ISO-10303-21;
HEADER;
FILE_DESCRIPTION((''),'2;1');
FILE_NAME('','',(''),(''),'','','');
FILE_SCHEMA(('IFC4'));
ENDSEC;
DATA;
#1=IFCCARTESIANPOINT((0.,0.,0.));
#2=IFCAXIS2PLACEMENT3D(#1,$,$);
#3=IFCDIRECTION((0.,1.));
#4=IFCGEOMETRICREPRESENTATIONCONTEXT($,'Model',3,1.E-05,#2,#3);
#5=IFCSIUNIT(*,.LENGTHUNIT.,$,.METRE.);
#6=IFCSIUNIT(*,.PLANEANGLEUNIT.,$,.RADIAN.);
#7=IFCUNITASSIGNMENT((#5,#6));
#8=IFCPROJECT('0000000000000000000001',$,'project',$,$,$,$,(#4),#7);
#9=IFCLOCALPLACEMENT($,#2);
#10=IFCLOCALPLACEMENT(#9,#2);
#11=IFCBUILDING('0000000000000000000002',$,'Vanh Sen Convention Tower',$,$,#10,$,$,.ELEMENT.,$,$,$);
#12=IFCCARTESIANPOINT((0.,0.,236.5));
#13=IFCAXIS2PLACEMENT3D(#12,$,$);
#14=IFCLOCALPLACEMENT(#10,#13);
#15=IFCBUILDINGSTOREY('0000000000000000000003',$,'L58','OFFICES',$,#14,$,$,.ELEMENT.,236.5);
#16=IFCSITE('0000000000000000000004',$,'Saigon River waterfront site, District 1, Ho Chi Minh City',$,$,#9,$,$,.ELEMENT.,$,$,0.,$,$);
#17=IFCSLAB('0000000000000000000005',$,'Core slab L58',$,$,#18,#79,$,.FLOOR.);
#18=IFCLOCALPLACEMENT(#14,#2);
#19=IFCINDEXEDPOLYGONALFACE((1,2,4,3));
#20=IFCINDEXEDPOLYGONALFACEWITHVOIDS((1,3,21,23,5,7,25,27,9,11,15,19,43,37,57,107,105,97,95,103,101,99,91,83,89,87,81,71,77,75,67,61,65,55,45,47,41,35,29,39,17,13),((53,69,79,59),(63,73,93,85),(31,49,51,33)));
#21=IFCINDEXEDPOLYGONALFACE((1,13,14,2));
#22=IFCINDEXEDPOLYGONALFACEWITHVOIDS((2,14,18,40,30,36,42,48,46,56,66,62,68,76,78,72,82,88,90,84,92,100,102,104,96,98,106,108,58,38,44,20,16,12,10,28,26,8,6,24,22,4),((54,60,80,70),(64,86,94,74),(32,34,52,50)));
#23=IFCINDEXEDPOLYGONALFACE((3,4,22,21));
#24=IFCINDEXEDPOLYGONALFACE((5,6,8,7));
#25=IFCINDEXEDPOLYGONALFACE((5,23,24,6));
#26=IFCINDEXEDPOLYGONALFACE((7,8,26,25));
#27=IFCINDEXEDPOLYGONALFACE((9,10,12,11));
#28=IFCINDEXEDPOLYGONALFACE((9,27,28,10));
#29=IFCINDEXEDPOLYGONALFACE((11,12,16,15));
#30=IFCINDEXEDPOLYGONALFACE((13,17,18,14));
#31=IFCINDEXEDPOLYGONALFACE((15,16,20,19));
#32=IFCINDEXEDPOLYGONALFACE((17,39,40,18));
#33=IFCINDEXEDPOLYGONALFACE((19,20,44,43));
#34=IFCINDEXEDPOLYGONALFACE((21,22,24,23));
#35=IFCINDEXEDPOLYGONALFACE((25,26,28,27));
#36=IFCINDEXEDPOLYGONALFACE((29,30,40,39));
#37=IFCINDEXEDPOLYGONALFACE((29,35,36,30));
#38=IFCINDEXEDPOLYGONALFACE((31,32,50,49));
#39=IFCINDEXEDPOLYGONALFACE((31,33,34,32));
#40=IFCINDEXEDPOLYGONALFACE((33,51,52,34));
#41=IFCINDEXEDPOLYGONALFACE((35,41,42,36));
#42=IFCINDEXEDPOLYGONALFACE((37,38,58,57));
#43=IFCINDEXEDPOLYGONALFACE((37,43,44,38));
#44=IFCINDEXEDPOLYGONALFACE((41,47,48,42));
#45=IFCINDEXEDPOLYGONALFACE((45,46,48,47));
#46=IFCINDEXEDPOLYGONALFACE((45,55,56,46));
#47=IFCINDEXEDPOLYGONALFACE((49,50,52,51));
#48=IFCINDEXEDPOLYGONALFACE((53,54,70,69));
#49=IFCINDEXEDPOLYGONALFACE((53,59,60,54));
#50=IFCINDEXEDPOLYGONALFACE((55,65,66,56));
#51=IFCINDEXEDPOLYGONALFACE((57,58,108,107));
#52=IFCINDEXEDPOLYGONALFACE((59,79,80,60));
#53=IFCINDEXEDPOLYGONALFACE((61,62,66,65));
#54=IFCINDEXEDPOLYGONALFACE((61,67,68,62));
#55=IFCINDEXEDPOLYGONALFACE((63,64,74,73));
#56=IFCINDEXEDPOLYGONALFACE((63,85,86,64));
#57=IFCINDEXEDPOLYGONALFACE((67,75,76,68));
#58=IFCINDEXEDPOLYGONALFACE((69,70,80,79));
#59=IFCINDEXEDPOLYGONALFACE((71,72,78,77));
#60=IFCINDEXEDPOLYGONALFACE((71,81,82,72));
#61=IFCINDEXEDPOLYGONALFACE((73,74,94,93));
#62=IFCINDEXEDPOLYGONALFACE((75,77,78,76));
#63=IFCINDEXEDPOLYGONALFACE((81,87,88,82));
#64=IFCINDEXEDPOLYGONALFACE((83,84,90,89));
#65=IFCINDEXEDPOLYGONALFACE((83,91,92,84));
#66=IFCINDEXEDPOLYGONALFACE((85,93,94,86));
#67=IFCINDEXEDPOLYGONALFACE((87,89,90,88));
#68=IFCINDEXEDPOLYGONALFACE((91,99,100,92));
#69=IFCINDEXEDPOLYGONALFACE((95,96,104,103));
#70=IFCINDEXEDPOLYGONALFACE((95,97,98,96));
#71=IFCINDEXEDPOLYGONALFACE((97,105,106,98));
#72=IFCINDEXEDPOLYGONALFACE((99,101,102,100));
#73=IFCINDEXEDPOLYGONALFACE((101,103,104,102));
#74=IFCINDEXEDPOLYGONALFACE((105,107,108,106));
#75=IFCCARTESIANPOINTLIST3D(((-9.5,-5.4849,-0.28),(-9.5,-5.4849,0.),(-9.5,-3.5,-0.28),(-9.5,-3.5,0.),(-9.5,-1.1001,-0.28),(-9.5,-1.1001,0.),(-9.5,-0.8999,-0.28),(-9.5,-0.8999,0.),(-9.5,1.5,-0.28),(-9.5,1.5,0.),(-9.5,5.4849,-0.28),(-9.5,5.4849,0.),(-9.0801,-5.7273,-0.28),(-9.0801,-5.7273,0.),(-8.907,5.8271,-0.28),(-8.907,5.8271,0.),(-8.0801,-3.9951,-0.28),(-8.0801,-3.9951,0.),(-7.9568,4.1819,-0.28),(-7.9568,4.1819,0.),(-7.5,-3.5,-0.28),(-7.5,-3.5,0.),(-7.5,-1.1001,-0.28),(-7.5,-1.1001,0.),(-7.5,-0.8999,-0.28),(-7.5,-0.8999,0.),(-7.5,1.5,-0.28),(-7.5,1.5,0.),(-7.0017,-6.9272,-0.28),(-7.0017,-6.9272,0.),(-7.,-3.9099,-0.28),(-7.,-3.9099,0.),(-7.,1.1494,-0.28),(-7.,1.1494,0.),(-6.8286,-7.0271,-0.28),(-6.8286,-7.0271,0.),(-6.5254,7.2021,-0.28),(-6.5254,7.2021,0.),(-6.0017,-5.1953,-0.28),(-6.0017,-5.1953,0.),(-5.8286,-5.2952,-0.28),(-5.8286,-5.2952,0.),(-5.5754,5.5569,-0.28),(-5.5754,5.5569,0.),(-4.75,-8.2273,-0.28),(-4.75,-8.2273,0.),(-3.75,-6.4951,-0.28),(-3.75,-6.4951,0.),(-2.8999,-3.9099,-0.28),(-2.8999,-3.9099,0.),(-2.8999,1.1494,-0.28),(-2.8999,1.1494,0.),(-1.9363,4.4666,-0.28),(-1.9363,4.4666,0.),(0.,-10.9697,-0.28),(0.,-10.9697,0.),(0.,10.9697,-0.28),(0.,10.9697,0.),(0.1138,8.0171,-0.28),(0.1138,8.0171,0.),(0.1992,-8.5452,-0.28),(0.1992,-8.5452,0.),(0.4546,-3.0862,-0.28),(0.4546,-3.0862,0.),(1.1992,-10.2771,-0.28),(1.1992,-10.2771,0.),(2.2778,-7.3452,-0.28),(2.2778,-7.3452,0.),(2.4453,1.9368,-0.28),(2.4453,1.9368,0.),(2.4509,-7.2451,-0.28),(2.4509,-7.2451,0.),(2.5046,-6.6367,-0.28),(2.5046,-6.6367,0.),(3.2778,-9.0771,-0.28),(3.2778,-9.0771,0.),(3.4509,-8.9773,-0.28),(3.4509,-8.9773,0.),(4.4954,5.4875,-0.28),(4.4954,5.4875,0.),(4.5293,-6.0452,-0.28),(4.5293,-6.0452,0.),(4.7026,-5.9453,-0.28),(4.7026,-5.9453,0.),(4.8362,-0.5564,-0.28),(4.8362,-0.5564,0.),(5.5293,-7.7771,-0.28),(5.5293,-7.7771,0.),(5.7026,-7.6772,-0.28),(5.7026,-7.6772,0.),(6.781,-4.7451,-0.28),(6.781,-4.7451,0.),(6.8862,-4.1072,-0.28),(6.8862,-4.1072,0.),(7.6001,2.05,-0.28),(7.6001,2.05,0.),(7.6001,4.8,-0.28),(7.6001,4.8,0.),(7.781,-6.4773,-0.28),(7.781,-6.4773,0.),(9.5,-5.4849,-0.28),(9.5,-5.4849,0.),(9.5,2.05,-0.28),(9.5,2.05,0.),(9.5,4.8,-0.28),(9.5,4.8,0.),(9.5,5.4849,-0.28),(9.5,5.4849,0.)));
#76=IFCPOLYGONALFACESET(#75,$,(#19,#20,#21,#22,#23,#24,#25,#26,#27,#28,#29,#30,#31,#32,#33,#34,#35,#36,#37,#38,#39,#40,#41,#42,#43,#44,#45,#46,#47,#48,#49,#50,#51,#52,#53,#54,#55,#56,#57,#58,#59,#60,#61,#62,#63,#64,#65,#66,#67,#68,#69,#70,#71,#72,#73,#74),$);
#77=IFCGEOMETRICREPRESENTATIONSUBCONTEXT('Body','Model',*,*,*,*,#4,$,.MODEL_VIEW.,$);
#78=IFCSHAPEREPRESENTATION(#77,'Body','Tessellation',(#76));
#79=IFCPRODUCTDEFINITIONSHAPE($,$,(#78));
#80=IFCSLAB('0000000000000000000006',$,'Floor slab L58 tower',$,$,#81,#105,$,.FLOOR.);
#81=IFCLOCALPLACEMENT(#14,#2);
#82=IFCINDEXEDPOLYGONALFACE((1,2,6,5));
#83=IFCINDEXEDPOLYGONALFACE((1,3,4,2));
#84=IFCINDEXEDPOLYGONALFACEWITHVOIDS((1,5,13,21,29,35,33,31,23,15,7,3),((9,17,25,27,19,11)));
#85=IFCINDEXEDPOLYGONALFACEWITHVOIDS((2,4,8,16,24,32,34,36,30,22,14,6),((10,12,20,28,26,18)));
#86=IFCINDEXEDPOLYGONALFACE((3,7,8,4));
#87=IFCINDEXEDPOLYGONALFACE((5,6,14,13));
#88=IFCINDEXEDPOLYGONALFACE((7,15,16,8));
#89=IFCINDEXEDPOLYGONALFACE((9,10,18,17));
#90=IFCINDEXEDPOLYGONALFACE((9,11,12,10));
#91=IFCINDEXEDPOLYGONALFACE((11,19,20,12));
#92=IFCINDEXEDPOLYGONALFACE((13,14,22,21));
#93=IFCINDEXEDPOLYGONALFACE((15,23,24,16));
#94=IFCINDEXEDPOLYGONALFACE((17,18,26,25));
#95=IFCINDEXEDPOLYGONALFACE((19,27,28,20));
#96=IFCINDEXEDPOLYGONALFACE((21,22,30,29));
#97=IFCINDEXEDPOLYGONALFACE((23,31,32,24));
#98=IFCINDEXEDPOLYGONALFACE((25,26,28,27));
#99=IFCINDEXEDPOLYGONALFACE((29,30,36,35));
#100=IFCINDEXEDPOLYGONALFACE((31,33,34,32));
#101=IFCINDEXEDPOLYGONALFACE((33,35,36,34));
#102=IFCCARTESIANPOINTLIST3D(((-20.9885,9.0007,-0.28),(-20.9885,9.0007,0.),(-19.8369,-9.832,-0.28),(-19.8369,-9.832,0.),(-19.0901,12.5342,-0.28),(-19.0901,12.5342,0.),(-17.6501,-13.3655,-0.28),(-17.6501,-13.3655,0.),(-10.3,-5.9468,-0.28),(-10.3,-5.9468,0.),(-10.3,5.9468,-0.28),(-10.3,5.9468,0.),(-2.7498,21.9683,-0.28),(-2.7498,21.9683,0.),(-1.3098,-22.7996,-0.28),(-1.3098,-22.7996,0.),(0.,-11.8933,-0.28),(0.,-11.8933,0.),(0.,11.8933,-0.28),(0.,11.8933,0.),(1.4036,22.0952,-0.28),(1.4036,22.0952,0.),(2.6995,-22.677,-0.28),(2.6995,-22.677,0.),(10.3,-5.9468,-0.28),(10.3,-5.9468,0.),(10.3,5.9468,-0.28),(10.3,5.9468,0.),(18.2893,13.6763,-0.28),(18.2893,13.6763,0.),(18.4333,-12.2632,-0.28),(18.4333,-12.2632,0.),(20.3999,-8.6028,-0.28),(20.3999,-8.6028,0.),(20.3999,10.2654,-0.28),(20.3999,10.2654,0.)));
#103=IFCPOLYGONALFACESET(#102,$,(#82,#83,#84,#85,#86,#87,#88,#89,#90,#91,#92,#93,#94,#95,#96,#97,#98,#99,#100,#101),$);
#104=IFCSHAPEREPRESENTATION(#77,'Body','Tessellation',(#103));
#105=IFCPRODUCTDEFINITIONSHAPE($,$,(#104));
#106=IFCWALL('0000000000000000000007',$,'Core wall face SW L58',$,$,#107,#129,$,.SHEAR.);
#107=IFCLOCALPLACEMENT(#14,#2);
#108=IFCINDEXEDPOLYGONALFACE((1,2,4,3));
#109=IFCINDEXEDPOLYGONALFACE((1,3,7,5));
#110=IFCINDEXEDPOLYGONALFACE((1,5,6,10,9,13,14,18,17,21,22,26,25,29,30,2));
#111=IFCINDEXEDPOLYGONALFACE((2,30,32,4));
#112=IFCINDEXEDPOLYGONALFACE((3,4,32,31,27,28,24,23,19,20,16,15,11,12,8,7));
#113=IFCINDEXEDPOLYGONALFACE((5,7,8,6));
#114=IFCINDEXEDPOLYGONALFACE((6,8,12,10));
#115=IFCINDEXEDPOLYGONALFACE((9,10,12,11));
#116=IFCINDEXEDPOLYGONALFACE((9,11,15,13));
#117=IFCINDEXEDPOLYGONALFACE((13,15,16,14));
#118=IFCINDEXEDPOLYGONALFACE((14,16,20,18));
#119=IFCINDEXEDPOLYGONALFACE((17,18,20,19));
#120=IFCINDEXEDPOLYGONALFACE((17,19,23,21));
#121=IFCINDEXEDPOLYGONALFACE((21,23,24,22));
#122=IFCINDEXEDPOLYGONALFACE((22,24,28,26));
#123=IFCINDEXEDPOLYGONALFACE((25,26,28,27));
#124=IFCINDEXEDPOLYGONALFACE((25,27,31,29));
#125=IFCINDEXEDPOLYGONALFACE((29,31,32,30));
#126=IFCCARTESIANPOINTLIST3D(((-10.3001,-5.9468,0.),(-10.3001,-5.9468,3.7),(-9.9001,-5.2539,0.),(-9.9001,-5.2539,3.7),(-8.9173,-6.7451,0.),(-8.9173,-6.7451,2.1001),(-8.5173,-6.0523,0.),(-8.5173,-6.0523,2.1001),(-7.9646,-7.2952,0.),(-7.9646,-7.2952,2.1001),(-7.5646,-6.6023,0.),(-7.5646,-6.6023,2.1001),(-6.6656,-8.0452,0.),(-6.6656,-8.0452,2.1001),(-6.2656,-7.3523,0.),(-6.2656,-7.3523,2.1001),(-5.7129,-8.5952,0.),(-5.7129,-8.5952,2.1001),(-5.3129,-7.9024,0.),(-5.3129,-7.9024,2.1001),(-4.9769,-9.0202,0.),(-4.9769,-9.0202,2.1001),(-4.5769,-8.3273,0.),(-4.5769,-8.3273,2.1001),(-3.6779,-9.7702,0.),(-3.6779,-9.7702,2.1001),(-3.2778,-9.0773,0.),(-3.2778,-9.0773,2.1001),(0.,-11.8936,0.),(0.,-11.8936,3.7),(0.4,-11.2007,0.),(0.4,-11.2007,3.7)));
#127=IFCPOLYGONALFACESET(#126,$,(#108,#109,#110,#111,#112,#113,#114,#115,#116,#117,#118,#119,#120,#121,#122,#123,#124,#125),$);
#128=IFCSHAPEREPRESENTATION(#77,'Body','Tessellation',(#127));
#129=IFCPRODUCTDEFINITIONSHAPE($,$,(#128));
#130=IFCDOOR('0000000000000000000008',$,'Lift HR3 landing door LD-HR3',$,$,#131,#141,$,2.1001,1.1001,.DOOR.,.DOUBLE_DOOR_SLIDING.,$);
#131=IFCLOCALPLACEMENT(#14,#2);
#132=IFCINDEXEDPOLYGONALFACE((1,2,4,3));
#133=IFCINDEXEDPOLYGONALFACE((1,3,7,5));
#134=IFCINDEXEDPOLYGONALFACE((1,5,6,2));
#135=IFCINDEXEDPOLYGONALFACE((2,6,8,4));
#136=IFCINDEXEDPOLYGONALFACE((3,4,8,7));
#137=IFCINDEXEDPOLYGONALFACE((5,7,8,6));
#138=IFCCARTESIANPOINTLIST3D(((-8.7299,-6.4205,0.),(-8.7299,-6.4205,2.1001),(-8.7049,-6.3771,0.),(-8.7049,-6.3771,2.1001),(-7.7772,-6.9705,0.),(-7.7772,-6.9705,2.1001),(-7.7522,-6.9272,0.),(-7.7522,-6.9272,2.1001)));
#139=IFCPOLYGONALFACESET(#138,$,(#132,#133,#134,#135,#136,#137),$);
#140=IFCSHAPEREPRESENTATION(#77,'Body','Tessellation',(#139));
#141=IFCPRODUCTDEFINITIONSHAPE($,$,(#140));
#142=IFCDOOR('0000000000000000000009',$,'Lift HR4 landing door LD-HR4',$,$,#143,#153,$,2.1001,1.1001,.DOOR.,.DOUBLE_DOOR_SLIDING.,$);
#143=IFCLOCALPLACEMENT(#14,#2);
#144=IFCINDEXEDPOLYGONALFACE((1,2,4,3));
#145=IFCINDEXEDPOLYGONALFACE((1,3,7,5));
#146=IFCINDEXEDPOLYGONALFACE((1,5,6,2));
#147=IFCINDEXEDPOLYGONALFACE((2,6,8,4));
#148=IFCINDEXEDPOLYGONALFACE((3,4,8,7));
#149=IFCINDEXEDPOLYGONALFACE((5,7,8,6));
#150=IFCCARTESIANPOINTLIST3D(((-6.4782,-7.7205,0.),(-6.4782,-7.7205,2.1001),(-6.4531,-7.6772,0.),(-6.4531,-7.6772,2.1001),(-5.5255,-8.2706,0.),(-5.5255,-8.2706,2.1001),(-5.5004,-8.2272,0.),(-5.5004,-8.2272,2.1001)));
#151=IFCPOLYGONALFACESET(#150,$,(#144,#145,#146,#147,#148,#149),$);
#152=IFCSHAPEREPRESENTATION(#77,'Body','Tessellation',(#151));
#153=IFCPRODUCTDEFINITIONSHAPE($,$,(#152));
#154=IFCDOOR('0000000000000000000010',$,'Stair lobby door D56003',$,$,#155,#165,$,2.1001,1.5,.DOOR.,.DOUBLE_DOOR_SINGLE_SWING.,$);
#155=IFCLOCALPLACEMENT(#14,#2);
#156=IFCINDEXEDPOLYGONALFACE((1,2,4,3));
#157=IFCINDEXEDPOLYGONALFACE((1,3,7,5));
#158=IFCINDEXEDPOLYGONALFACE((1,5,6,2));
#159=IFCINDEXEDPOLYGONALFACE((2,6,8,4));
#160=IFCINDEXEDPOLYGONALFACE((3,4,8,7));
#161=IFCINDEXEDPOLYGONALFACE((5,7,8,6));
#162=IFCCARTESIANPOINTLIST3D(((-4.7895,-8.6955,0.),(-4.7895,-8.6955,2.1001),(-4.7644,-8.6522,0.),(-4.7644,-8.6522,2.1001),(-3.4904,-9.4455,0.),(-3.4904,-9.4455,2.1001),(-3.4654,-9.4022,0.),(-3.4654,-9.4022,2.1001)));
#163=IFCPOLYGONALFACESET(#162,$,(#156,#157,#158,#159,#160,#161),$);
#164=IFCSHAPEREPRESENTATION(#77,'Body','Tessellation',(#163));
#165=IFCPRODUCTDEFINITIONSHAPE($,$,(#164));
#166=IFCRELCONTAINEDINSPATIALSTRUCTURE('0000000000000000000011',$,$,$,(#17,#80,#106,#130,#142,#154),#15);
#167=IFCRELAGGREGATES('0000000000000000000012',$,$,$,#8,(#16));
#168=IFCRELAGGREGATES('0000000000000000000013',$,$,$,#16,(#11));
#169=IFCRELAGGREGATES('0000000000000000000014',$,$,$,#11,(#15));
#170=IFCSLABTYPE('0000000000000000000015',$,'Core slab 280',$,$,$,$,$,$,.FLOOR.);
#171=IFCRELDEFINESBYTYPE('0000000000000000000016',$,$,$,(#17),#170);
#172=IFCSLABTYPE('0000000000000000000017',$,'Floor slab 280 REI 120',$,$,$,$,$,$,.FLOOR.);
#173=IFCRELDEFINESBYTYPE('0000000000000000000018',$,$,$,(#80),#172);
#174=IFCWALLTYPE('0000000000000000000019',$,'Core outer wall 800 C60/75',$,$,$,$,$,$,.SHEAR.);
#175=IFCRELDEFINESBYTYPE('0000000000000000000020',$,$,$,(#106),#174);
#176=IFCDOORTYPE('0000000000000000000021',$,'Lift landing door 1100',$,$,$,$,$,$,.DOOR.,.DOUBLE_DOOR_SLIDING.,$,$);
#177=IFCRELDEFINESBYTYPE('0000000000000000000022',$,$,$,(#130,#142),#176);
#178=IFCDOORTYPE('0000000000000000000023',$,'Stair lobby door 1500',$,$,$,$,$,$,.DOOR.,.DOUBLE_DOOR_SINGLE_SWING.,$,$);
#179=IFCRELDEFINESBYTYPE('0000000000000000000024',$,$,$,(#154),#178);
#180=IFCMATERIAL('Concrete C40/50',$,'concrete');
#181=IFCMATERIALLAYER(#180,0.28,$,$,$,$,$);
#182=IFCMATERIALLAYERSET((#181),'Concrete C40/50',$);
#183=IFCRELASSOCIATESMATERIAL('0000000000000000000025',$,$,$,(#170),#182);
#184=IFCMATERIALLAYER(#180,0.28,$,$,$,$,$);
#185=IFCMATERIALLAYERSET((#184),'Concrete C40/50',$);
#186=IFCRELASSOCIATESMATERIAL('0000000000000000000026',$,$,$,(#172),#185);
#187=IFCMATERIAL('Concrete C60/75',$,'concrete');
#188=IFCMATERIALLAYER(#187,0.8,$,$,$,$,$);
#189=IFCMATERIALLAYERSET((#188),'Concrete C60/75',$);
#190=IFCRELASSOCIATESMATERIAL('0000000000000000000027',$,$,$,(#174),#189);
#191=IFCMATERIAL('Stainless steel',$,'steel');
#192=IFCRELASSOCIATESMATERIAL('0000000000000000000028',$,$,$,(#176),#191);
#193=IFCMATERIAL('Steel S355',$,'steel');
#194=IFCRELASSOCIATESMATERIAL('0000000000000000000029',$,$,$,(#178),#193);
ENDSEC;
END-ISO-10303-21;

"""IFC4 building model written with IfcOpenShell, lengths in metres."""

from ifc_helpers import new_model, si_unit, direction, frame, frame_2d, origin, place, context, subcontext, project, spatial, polyline, rectangle, outline, extrude, material, layer, layer_set, type_object, element, fill, save


model = new_model("IFC4")

# Units and contexts
model_context = context("Model", 3, precision=1e-05, world=origin(), true_north=direction((0.0, 1.0)))
body_context = subcontext(model_context, "Body", "Model", "MODEL_VIEW")
ifc_project = project(units=[si_unit("LENGTHUNIT", "METRE"), si_unit("PLANEANGLEUNIT", "RADIAN")], contexts=[model_context])

# Site, building, storey
site_placement = place(None, origin())
site = spatial("IfcSite", under=ifc_project, at=site_placement, Name="Saigon River waterfront site, District 1, Ho Chi Minh City", CompositionType="ELEMENT", RefElevation=0.0)
building_placement = place(site_placement, origin())
building = spatial("IfcBuilding", under=site, at=building_placement, Name="Vanh Sen Convention Tower", CompositionType="ELEMENT")
storey_placement = place(building_placement, frame((0.0, 0.0, 236.5)))
storey = spatial("IfcBuildingStorey", under=building, at=storey_placement, Name="L58", Description="OFFICES", CompositionType="ELEMENT", Elevation=236.5)

# Slabs
ifc_material_1 = material(Name="Concrete C40/50", Category="concrete")
ifc_layer_1 = layer(ifc_material_1, 0.28)
ifc_layer_set_1 = layer_set([ifc_layer_1], Name="Concrete C40/50")
slab_type_1 = type_object("IfcSlabType", Name="Core slab 280", PredefinedType="FLOOR", material=ifc_layer_set_1)
slab_1_placement = place(storey_placement, frame((0.0, 0.0, -0.28)))
element("IfcSlab", 1, at=slab_1_placement, inside=storey, type_object=slab_type_1, Name="Core slab L58", PredefinedType="FLOOR", context=body_context, shape_type="SweptSolid", body=[
    extrude(outline(polyline([(0.0, 10.9697), (9.5, 5.4849), (9.5, 4.8), (7.6001, 4.8), (7.6001, 2.05), (9.5, 2.05), (9.5, -5.4849), (7.781, -6.4773), (6.781, -4.7451), (4.7026, -5.9453), (5.7026, -7.6772), (5.5293, -7.7771), (4.5293, -6.0452), (2.4509, -7.2451), (3.4509, -8.9773), (3.2778, -9.0771), (2.2778, -7.3452), (0.1992, -8.5452), (1.1992, -10.2771), (0.0, -10.9697), (-4.75, -8.2273), (-3.75, -6.4951), (-5.8286, -5.2952), (-6.8286, -7.0271), (-7.0017, -6.9272), (-6.0017, -5.1953), (-8.0801, -3.9951), (-9.0801, -5.7273), (-9.5, -5.4849), (-9.5, -3.5), (-7.5, -3.5), (-7.5, -1.1001), (-9.5, -1.1001), (-9.5, -0.8999), (-7.5, -0.8999), (-7.5, 1.5), (-9.5, 1.5), (-9.5, 5.4849), (-8.907, 5.8271), (-7.9568, 4.1819), (-5.5754, 5.5569), (-6.5254, 7.2021), (0.0, 10.9697)]), holes=[polyline([(-7.0, 1.1494), (-7.0, -3.9099), (-2.8999, -3.9099), (-2.8999, 1.1494), (-7.0, 1.1494)]), polyline([(2.5046, -6.6367), (6.8862, -4.1072), (4.8362, -0.5564), (0.4546, -3.0862), (2.5046, -6.6367)]), polyline([(0.1138, 8.0171), (-1.9363, 4.4666), (2.4453, 1.9368), (4.4954, 5.4875), (0.1138, 8.0171)])]), origin(), (0.0, 0.0, 1.0), 0.28),
])
ifc_layer_2 = layer(ifc_material_1, 0.28)
ifc_layer_set_2 = layer_set([ifc_layer_2], Name="Concrete C40/50")
slab_type_2 = type_object("IfcSlabType", Name="Floor slab 280 REI 120", PredefinedType="FLOOR", material=ifc_layer_set_2)
slab_2_placement = place(storey_placement, frame((0.0, 0.0, -0.28)))
element("IfcSlab", 2, at=slab_2_placement, inside=storey, type_object=slab_type_2, Name="Floor slab L58 tower", PredefinedType="FLOOR", context=body_context, shape_type="SweptSolid", body=[
    extrude(outline(polyline([(20.3999, -8.6028), (20.3999, 10.2654), (18.2893, 13.6763), (1.4036, 22.0952), (-2.7498, 21.9683), (-19.0901, 12.5342), (-20.9885, 9.0007), (-19.8369, -9.832), (-17.6501, -13.3655), (-1.3098, -22.7996), (2.6995, -22.677), (18.4333, -12.2632), (20.3999, -8.6028)]), holes=[polyline([(0.0, 11.8933), (-10.3, 5.9468), (-10.3, -5.9468), (0.0, -11.8933), (10.3, -5.9468), (10.3, 5.9468), (0.0, 11.8933)])]), origin(), (0.0, 0.0, 1.0), 0.28),
])

# Wall, openings, doors
ifc_material_2 = material(Name="Concrete C60/75", Category="concrete")
ifc_layer_3 = layer(ifc_material_2, 0.8)
ifc_layer_set_3 = layer_set([ifc_layer_3], Name="Concrete C60/75")
wall_type_1 = type_object("IfcWallType", Name="Core outer wall 800 C60/75", PredefinedType="SHEAR", material=ifc_layer_set_3)
wall_1_placement = place(storey_placement, frame((-10.1001, -5.6003, 0.0), z_axis=(0.0, 0.0, 1.0), x_axis=(0.866024, -0.500003, 0.0)))
wall_1 = element("IfcWall", 3, at=wall_1_placement, inside=storey, type_object=wall_type_1, Name="Core wall face SW L58", PredefinedType="SHEAR", context=body_context, shape_type="SweptSolid", body=[
    extrude(rectangle(XDim=11.8936, YDim=0.8, at=frame_2d((5.9468, 0.0))), origin(), (0.0, 0.0, 1.0), 3.7),
])
opening_1_placement = place(wall_1_placement, frame((6.1467, 0.0, 0.0)))
opening_1 = element("IfcOpeningElement", 4, at=opening_1_placement, cuts=wall_1, PredefinedType="OPENING", context=body_context, shape_type="SweptSolid", body=[
    extrude(rectangle(XDim=1.5, YDim=2.1001, at=frame_2d((0.75, 1.05))), frame((0.0, 0.4099, 0.0), z_axis=(0.0, -1.0, 0.0), x_axis=(1.0, 0.0, 0.0)), (0.0, 0.0, 1.0), 0.8201),
])
opening_2_placement = place(wall_1_placement, frame((1.5967, 0.0, 0.0)))
opening_2 = element("IfcOpeningElement", 5, at=opening_2_placement, cuts=wall_1, PredefinedType="OPENING", context=body_context, shape_type="SweptSolid", body=[
    extrude(rectangle(XDim=1.1001, YDim=2.1001, at=frame_2d((0.55, 1.05))), frame((0.0, 0.4099, 0.0), z_axis=(0.0, -1.0, 0.0), x_axis=(1.0, 0.0, 0.0)), (0.0, 0.0, 1.0), 0.8201),
])
opening_3_placement = place(wall_1_placement, frame((4.1968, 0.0, 0.0)))
opening_3 = element("IfcOpeningElement", 6, at=opening_3_placement, cuts=wall_1, PredefinedType="OPENING", context=body_context, shape_type="SweptSolid", body=[
    extrude(rectangle(XDim=1.1001, YDim=2.1001, at=frame_2d((0.55, 1.05))), frame((0.0, 0.4099, 0.0), z_axis=(0.0, -1.0, 0.0), x_axis=(1.0, 0.0, 0.0)), (0.0, 0.0, 1.0), 0.8201),
])
ifc_material_3 = material(Name="Stainless steel", Category="steel")
door_type_1 = type_object("IfcDoorType", Name="Lift landing door 1100", OperationType="DOUBLE_DOOR_SLIDING", PredefinedType="DOOR", material=ifc_material_3)
door_1_placement = place(opening_2_placement, origin())
door_1 = element("IfcDoor", 7, at=door_1_placement, inside=storey, type_object=door_type_1, Name="Lift HR3 landing door LD-HR3", OperationType="DOUBLE_DOOR_SLIDING", OverallHeight=2.1001, OverallWidth=1.1001, PredefinedType="DOOR", context=body_context, shape_type="SweptSolid", body=[
    extrude(rectangle(XDim=1.1001, YDim=2.1001, at=frame_2d((0.55, 1.05))), frame((0.0, 0.0249, 0.0), z_axis=(0.0, -1.0, 0.0), x_axis=(1.0, 0.0, 0.0)), (0.0, 0.0, 1.0), 0.05),
])
fill(opening_2, door_1)
door_2_placement = place(opening_3_placement, origin())
door_2 = element("IfcDoor", 8, at=door_2_placement, inside=storey, type_object=door_type_1, Name="Lift HR4 landing door LD-HR4", OperationType="DOUBLE_DOOR_SLIDING", OverallHeight=2.1001, OverallWidth=1.1001, PredefinedType="DOOR", context=body_context, shape_type="SweptSolid", body=[
    extrude(rectangle(XDim=1.1001, YDim=2.1001, at=frame_2d((0.55, 1.05))), frame((0.0, 0.0249, 0.0), z_axis=(0.0, -1.0, 0.0), x_axis=(1.0, 0.0, 0.0)), (0.0, 0.0, 1.0), 0.05),
])
fill(opening_3, door_2)
ifc_material_4 = material(Name="Steel S355", Category="steel")
door_type_2 = type_object("IfcDoorType", Name="Stair lobby door 1500", OperationType="DOUBLE_DOOR_SINGLE_SWING", PredefinedType="DOOR", material=ifc_material_4)
door_3_placement = place(opening_1_placement, origin())
door_3 = element("IfcDoor", 9, at=door_3_placement, inside=storey, type_object=door_type_2, Name="Stair lobby door D56003", OperationType="DOUBLE_DOOR_SINGLE_SWING", OverallHeight=2.1001, OverallWidth=1.5, PredefinedType="DOOR", context=body_context, shape_type="SweptSolid", body=[
    extrude(rectangle(XDim=1.5, YDim=2.1001, at=frame_2d((0.75, 1.05))), frame((0.0, 0.0249, 0.0), z_axis=(0.0, -1.0, 0.0), x_axis=(1.0, 0.0, 0.0)), (0.0, 0.0, 1.0), 0.05),
])
fill(opening_1, door_3)

save(model, "model.ifc")
